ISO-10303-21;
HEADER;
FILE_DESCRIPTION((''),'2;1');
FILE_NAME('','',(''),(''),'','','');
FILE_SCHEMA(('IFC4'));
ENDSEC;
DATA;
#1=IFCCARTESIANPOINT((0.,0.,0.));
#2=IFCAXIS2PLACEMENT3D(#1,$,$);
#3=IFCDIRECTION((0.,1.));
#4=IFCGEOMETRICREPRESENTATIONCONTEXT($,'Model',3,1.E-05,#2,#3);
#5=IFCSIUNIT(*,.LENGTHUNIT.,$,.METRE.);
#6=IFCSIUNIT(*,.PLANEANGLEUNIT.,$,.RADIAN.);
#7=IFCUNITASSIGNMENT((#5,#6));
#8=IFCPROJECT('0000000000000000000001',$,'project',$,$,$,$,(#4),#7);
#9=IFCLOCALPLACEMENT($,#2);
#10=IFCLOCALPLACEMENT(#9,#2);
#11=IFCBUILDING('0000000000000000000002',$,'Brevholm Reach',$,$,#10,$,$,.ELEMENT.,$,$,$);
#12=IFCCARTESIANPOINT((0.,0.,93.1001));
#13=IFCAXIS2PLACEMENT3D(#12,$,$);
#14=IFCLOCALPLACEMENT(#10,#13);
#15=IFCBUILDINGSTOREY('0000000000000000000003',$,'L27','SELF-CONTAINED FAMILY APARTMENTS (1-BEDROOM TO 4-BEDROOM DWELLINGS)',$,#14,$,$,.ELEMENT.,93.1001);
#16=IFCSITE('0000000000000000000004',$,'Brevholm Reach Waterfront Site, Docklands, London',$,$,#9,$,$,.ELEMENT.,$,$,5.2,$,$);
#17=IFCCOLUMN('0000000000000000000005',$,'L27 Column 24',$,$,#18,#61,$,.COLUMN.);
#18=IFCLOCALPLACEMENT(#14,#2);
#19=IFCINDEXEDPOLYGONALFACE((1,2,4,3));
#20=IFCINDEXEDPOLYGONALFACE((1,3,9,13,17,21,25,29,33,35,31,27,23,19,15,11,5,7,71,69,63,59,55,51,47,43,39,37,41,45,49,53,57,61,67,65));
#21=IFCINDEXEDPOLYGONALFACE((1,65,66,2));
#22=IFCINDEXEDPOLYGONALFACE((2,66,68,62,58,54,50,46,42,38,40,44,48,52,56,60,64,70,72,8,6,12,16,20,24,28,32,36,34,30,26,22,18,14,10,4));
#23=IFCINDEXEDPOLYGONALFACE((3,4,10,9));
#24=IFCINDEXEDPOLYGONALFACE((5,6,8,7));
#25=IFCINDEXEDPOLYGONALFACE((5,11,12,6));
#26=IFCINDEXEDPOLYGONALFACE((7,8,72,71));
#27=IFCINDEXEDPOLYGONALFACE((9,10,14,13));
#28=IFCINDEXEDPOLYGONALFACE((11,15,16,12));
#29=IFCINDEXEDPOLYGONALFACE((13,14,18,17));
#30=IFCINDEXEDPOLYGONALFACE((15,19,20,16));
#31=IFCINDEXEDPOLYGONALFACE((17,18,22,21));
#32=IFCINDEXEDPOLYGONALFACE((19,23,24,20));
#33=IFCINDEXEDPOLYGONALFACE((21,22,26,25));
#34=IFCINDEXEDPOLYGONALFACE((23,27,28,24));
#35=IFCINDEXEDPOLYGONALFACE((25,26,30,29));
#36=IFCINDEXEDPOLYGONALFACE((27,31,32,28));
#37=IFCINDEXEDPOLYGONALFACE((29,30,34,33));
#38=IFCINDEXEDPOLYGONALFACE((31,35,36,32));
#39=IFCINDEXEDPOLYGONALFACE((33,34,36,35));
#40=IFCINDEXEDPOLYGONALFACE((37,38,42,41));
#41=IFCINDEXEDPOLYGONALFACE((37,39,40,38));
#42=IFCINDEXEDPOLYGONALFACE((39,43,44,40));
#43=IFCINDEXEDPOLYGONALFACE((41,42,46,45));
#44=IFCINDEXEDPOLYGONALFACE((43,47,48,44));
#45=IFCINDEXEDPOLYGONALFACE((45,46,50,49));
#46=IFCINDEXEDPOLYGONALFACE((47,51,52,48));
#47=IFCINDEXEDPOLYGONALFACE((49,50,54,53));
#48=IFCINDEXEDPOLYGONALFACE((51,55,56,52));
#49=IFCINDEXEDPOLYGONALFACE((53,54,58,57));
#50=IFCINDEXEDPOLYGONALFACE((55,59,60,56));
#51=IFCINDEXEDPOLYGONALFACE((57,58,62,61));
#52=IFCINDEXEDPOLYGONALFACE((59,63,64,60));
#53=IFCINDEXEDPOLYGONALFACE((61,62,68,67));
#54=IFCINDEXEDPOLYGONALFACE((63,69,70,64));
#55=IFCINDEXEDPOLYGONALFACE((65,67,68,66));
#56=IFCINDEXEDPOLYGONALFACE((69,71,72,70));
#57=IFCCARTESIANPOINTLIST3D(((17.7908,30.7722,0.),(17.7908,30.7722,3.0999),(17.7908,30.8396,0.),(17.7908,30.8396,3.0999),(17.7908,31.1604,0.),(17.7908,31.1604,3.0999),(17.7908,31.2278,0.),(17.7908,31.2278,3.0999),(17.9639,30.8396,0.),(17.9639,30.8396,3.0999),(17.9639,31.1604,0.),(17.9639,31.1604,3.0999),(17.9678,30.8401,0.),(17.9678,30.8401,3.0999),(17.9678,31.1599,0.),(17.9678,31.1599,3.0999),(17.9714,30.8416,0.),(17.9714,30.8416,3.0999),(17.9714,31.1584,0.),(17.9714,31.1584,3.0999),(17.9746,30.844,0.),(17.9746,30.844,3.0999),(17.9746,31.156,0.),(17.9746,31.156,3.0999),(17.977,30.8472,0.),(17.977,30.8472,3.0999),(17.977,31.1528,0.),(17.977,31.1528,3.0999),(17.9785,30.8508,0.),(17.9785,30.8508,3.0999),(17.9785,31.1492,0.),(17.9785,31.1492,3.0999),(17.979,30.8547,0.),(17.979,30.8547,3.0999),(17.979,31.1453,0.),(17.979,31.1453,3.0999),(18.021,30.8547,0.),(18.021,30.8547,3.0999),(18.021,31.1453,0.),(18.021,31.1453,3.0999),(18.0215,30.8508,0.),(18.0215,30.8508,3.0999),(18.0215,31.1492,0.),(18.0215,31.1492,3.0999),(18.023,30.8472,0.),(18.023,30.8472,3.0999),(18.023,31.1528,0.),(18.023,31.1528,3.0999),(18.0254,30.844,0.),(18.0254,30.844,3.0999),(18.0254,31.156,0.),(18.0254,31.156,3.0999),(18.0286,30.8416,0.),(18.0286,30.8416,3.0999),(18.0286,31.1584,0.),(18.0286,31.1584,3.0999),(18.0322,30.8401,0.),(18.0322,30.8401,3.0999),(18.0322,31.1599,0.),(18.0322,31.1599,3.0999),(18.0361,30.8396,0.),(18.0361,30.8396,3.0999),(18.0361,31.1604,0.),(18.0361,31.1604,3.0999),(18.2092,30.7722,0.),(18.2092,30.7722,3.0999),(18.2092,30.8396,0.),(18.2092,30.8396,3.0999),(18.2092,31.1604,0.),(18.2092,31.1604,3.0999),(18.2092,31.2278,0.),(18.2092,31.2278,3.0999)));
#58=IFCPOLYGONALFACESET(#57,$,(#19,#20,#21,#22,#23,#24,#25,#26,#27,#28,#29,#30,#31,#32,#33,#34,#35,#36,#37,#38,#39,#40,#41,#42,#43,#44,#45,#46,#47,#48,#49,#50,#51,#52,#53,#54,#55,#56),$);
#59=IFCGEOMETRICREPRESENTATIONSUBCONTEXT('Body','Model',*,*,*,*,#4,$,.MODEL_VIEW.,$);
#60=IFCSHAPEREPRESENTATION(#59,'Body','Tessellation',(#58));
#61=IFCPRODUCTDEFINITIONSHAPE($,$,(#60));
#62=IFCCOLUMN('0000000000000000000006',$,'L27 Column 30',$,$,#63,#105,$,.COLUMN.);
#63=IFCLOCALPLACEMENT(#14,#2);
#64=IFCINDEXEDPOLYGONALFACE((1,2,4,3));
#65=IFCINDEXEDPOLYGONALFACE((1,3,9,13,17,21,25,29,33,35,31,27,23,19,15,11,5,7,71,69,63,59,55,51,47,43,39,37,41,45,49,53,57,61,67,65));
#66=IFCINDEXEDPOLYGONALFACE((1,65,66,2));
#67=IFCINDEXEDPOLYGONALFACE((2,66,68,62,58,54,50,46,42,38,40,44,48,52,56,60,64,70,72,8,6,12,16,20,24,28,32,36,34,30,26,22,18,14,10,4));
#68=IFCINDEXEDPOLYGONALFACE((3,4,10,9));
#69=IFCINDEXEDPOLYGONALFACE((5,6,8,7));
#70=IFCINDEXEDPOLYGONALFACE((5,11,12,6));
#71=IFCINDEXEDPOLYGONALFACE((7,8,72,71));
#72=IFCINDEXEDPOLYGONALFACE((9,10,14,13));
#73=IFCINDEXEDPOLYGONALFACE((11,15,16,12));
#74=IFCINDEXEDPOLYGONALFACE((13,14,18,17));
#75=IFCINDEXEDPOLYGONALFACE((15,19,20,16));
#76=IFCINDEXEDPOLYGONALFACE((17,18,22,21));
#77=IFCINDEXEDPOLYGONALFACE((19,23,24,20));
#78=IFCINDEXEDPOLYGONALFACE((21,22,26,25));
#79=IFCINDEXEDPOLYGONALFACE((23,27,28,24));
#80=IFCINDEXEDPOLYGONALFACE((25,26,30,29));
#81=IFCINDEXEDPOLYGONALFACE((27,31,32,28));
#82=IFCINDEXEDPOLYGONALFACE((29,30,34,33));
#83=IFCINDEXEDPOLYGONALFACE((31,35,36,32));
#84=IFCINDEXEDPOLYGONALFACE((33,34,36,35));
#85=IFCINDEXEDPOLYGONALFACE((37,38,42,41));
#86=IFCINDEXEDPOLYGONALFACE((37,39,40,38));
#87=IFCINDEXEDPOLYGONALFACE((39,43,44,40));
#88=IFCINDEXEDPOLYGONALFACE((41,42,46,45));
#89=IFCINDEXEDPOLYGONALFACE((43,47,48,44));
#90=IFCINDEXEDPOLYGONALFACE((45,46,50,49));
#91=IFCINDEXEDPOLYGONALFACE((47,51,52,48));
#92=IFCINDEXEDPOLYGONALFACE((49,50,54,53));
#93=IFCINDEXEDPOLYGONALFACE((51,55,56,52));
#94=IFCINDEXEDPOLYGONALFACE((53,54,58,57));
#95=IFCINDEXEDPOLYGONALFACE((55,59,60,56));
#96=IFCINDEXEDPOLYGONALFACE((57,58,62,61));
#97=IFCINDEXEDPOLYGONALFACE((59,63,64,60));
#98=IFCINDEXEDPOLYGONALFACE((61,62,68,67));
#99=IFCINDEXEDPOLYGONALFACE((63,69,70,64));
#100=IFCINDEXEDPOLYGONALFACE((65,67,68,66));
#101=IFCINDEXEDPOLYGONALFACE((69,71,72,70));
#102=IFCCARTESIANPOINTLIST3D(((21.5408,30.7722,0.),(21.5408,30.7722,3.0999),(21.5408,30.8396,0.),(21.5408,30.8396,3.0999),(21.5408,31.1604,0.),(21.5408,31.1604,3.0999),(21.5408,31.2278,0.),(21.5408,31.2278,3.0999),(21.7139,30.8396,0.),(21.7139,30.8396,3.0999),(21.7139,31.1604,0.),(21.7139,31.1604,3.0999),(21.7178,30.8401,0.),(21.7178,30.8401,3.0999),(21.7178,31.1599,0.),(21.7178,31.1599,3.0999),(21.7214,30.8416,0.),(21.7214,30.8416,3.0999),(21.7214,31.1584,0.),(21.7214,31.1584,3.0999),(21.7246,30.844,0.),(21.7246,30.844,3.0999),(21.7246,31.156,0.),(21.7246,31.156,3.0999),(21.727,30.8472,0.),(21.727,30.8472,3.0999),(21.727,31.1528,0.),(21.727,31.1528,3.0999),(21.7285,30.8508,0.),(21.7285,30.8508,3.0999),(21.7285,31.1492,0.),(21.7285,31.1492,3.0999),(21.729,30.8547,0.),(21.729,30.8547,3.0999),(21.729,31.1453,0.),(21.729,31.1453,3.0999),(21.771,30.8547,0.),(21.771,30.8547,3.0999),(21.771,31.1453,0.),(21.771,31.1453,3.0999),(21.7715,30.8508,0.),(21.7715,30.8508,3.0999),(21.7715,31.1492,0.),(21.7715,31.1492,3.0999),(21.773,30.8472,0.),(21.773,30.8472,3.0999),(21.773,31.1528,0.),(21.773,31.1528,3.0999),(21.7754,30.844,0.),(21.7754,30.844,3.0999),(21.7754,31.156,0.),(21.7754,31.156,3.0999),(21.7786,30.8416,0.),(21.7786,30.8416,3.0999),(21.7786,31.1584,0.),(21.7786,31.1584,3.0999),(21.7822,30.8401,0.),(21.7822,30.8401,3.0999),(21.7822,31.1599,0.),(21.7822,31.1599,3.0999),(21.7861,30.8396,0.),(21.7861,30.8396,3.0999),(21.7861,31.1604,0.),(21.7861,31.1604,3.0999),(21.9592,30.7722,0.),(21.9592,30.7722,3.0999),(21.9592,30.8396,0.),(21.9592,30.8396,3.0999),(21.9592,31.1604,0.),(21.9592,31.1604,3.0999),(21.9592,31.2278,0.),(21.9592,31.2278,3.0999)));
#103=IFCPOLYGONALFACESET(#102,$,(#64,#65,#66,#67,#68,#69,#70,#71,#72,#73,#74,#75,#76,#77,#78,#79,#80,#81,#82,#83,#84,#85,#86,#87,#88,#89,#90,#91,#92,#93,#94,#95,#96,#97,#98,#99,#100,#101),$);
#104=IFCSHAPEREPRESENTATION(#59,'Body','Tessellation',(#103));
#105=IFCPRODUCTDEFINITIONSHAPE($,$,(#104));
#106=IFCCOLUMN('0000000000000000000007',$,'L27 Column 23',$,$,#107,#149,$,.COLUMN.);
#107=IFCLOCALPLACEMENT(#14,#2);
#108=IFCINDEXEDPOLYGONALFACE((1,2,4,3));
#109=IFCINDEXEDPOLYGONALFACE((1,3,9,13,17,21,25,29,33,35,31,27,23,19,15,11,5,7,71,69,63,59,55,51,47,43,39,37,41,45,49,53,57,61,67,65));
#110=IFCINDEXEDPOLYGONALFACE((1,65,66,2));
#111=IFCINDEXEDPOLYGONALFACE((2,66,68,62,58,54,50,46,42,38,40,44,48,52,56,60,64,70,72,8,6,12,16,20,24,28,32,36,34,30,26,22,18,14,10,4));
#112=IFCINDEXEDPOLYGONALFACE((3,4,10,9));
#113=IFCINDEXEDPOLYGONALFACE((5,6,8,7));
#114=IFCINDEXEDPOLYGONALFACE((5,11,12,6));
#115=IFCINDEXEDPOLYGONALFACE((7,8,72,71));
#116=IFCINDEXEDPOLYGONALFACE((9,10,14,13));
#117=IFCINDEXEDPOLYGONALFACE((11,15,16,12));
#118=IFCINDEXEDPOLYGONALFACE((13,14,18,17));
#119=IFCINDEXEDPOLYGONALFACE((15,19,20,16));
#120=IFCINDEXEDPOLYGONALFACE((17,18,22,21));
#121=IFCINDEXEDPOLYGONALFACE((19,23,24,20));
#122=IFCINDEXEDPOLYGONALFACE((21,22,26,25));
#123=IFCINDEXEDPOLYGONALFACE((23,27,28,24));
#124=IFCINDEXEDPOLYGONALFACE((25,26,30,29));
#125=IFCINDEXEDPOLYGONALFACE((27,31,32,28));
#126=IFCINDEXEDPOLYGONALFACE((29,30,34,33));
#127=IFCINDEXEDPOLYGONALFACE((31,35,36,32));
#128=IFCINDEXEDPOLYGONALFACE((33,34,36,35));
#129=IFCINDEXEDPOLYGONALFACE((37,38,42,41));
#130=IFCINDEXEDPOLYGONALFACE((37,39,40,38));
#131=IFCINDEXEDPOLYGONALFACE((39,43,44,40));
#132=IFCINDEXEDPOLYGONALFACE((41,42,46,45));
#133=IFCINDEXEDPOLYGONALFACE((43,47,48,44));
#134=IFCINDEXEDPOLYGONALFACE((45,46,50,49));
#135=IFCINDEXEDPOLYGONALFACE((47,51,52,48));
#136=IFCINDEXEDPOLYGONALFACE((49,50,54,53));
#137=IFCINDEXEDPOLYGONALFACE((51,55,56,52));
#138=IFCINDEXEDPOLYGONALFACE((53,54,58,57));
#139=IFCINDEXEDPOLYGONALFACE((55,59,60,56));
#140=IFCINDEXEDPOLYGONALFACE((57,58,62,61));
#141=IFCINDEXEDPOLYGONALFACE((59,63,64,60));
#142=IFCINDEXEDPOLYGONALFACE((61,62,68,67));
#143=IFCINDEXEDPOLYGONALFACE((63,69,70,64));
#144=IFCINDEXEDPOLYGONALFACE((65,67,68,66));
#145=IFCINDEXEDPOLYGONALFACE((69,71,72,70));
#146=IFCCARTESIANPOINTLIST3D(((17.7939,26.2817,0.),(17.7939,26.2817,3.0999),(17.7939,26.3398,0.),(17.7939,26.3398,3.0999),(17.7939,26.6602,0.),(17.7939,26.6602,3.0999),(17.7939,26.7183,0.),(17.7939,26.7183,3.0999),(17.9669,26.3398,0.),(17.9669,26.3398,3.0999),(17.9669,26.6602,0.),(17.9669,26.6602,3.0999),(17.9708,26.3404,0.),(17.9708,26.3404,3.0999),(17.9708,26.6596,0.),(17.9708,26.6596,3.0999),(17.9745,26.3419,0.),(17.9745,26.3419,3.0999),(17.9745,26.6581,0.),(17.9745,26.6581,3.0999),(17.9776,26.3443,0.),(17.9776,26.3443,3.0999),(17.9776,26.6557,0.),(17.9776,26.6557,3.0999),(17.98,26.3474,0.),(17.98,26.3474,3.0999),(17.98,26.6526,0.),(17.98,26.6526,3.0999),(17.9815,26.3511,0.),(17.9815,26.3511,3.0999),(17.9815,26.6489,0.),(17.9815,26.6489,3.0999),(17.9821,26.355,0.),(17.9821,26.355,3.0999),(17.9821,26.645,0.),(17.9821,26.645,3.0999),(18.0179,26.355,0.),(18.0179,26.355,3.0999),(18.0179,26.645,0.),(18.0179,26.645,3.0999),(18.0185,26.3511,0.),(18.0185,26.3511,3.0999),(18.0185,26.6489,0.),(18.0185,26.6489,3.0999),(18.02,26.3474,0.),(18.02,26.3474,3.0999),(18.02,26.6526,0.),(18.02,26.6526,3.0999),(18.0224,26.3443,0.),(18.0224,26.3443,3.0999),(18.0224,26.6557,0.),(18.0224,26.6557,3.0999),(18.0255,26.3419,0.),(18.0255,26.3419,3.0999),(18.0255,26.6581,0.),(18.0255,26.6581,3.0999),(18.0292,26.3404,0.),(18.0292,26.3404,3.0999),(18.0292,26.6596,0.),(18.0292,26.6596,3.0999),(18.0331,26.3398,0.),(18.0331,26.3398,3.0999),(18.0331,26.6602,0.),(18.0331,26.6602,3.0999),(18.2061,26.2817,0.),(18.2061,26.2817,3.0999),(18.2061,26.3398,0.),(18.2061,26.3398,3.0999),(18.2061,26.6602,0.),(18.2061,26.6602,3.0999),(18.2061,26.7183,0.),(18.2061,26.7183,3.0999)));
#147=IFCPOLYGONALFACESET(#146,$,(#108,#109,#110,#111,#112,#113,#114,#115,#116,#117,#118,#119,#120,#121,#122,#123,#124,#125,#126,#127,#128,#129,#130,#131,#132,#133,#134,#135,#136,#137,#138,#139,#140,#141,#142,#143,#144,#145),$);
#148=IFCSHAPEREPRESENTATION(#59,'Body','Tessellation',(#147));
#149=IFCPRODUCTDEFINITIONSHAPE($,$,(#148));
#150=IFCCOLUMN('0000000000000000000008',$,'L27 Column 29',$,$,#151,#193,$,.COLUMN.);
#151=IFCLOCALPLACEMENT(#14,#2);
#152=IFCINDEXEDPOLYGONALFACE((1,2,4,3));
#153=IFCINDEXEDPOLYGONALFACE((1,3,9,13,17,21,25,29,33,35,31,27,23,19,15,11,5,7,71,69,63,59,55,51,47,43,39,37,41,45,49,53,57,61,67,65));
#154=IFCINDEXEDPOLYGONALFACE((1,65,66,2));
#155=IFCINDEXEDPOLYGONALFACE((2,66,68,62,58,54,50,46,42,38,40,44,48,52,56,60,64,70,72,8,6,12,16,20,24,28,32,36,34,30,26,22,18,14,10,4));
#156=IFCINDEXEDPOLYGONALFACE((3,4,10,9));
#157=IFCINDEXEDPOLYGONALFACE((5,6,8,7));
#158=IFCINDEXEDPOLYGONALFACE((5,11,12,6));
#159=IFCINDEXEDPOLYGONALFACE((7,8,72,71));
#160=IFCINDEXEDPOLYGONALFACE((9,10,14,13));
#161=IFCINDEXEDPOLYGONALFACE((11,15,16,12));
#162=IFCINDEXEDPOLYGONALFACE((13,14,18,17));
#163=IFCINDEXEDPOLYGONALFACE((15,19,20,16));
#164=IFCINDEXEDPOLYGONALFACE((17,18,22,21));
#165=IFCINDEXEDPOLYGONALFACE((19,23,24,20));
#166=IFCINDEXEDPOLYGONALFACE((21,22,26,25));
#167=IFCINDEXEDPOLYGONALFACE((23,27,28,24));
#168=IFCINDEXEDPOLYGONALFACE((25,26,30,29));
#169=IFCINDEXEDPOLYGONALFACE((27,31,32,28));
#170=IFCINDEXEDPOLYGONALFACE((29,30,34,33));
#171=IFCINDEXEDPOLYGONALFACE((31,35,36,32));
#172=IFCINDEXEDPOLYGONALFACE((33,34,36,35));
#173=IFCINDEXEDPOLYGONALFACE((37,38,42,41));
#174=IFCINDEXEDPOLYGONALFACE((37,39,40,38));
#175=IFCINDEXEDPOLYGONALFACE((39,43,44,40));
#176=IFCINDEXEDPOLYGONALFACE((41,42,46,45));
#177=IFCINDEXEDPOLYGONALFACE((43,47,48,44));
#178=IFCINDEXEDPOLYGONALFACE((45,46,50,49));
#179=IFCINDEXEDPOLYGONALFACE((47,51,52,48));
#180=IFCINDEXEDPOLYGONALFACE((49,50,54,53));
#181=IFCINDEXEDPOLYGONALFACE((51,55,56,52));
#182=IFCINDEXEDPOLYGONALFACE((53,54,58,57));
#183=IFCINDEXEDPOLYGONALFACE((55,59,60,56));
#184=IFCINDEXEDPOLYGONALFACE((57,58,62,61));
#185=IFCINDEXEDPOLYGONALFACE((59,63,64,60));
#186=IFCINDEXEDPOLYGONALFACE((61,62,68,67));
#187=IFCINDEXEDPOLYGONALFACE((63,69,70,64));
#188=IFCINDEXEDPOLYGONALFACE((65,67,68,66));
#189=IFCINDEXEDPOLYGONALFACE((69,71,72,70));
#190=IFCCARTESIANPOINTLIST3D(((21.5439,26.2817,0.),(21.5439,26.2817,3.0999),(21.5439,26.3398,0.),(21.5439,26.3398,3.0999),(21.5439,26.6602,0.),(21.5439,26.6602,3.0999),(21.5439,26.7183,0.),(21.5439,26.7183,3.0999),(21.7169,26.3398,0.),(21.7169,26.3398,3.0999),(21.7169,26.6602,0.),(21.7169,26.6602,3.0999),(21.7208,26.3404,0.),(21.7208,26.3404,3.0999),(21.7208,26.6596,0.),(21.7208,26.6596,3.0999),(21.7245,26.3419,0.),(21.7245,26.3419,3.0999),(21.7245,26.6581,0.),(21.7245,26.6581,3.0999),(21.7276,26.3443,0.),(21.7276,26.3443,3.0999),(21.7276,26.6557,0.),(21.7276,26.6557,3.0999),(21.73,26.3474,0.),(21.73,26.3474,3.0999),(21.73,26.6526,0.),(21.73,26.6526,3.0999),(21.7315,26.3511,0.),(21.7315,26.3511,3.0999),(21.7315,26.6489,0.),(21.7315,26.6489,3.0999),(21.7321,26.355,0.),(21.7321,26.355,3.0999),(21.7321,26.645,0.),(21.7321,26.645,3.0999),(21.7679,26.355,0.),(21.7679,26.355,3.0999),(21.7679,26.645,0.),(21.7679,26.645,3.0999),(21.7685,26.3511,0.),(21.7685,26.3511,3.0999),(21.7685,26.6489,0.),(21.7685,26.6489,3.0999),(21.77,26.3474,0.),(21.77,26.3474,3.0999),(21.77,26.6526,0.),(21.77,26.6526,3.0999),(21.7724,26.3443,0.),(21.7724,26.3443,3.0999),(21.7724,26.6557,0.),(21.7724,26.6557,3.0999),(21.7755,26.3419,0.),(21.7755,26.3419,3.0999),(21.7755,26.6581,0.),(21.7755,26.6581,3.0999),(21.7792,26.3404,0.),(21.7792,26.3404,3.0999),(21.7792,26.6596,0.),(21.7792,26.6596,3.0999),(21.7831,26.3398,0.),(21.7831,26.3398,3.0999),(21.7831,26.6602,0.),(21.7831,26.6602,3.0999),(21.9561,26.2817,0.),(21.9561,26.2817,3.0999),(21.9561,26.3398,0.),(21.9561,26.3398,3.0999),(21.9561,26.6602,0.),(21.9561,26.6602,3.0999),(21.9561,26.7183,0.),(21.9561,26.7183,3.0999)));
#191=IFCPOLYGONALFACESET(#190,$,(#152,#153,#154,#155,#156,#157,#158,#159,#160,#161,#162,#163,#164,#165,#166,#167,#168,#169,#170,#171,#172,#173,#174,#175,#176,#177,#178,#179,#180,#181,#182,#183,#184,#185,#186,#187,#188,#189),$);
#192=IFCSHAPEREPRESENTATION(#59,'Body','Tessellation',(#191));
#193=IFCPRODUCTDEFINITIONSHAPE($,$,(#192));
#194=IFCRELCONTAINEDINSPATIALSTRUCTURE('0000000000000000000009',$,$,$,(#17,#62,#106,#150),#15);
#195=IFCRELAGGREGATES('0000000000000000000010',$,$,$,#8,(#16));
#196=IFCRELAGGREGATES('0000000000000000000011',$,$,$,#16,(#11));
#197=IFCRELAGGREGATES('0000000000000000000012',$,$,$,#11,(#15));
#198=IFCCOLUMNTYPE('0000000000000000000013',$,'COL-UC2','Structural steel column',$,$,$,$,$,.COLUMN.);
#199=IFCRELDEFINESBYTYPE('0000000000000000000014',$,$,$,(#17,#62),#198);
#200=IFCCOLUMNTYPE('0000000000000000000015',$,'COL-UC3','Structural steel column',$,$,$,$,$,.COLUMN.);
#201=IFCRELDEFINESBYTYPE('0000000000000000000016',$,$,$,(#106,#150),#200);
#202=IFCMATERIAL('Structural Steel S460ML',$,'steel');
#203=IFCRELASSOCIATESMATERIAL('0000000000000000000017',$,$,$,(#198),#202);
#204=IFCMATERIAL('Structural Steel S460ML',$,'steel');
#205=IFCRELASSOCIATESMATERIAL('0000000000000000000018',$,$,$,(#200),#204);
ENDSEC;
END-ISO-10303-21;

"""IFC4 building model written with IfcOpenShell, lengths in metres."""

from ifc_helpers import new_model, si_unit, direction, frame, origin, origin_2d, place, context, subcontext, project, spatial, i_section, extrude, material, material_profile, profile_set, type_object, element, save


model = new_model("IFC4")

# Units and contexts
model_context = context("Model", 3, precision=1e-05, world=origin(), true_north=direction((0.0, 1.0)))
body_context = subcontext(model_context, "Body", "Model", "MODEL_VIEW")
ifc_project = project(units=[si_unit("LENGTHUNIT", "METRE"), si_unit("PLANEANGLEUNIT", "RADIAN")], contexts=[model_context])

# Site, building, storey
site_placement = place(None, origin())
site = spatial("IfcSite", under=ifc_project, at=site_placement, Name="Brevholm Reach Waterfront Site, Docklands, London", CompositionType="ELEMENT", RefElevation=5.2)
building_placement = place(site_placement, origin())
building = spatial("IfcBuilding", under=site, at=building_placement, Name="Brevholm Reach", CompositionType="ELEMENT")
storey_placement = place(building_placement, frame((0.0, 0.0, 93.1001)))
storey = spatial("IfcBuildingStorey", under=building, at=storey_placement, Name="L27", Description="SELF-CONTAINED FAMILY APARTMENTS (1-BEDROOM TO 4-BEDROOM DWELLINGS)", CompositionType="ELEMENT", Elevation=93.1001)

# Columns
ifc_material_1 = material(Name="Structural Steel S460ML", Category="steel")
ifc_material_profile_1 = material_profile(ifc_material_1, i_section(OverallWidth=0.4185, OverallDepth=0.4556, WebThickness=0.042, FlangeThickness=0.0674, FilletRadius=0.0151, at=origin_2d()), Name="UKC 356x406x551")
ifc_profile_set_1 = profile_set([ifc_material_profile_1], Name="Structural Steel S460ML")
column_type_1 = type_object("IfcColumnType", Name="COL-UC2", Description="Structural steel column", PredefinedType="COLUMN", material=ifc_profile_set_1)
for number, where, z_axis, x_axis, name in (
    (1, (18.0, 31.0, 0.0), (0.0, 0.0, 1.0), (1.0, 0.0, 0.0), "L27 Column 24"),
    (2, (21.75, 31.0, 0.0), (0.0, 0.0, 1.0), (1.0, 0.0, 0.0), "L27 Column 30"),
):
    element("IfcColumn", number, at=place(storey_placement, frame(where, z_axis=z_axis, x_axis=x_axis)), inside=storey, type_object=column_type_1, Name=name, PredefinedType="COLUMN", context=body_context, shape_type="SweptSolid", body=[
        extrude(i_section(OverallWidth=0.4185, OverallDepth=0.4556, WebThickness=0.042, FlangeThickness=0.0674, FilletRadius=0.0151, at=origin_2d()), origin(), (0.0, 0.0, 1.0), 3.0999),
    ])
ifc_material_2 = material(Name="Structural Steel S460ML", Category="steel")
ifc_material_profile_2 = material_profile(ifc_material_2, i_section(OverallWidth=0.4121, OverallDepth=0.4365, WebThickness=0.0359, FlangeThickness=0.0581, FilletRadius=0.0151, at=origin_2d()), Name="UKC 356x406x467")
ifc_profile_set_2 = profile_set([ifc_material_profile_2], Name="Structural Steel S460ML")
column_type_2 = type_object("IfcColumnType", Name="COL-UC3", Description="Structural steel column", PredefinedType="COLUMN", material=ifc_profile_set_2)
for number, where, z_axis, x_axis, name in (
    (3, (18.0, 26.5, 0.0), (0.0, 0.0, 1.0), (1.0, 0.0, 0.0), "L27 Column 23"),
    (4, (21.75, 26.5, 0.0), (0.0, 0.0, 1.0), (1.0, 0.0, 0.0), "L27 Column 29"),
):
    element("IfcColumn", number, at=place(storey_placement, frame(where, z_axis=z_axis, x_axis=x_axis)), inside=storey, type_object=column_type_2, Name=name, PredefinedType="COLUMN", context=body_context, shape_type="SweptSolid", body=[
        extrude(i_section(OverallWidth=0.4121, OverallDepth=0.4365, WebThickness=0.0359, FlangeThickness=0.0581, FilletRadius=0.0151, at=origin_2d()), origin(), (0.0, 0.0, 1.0), 3.0999),
    ])

save(model, "model.ifc")
